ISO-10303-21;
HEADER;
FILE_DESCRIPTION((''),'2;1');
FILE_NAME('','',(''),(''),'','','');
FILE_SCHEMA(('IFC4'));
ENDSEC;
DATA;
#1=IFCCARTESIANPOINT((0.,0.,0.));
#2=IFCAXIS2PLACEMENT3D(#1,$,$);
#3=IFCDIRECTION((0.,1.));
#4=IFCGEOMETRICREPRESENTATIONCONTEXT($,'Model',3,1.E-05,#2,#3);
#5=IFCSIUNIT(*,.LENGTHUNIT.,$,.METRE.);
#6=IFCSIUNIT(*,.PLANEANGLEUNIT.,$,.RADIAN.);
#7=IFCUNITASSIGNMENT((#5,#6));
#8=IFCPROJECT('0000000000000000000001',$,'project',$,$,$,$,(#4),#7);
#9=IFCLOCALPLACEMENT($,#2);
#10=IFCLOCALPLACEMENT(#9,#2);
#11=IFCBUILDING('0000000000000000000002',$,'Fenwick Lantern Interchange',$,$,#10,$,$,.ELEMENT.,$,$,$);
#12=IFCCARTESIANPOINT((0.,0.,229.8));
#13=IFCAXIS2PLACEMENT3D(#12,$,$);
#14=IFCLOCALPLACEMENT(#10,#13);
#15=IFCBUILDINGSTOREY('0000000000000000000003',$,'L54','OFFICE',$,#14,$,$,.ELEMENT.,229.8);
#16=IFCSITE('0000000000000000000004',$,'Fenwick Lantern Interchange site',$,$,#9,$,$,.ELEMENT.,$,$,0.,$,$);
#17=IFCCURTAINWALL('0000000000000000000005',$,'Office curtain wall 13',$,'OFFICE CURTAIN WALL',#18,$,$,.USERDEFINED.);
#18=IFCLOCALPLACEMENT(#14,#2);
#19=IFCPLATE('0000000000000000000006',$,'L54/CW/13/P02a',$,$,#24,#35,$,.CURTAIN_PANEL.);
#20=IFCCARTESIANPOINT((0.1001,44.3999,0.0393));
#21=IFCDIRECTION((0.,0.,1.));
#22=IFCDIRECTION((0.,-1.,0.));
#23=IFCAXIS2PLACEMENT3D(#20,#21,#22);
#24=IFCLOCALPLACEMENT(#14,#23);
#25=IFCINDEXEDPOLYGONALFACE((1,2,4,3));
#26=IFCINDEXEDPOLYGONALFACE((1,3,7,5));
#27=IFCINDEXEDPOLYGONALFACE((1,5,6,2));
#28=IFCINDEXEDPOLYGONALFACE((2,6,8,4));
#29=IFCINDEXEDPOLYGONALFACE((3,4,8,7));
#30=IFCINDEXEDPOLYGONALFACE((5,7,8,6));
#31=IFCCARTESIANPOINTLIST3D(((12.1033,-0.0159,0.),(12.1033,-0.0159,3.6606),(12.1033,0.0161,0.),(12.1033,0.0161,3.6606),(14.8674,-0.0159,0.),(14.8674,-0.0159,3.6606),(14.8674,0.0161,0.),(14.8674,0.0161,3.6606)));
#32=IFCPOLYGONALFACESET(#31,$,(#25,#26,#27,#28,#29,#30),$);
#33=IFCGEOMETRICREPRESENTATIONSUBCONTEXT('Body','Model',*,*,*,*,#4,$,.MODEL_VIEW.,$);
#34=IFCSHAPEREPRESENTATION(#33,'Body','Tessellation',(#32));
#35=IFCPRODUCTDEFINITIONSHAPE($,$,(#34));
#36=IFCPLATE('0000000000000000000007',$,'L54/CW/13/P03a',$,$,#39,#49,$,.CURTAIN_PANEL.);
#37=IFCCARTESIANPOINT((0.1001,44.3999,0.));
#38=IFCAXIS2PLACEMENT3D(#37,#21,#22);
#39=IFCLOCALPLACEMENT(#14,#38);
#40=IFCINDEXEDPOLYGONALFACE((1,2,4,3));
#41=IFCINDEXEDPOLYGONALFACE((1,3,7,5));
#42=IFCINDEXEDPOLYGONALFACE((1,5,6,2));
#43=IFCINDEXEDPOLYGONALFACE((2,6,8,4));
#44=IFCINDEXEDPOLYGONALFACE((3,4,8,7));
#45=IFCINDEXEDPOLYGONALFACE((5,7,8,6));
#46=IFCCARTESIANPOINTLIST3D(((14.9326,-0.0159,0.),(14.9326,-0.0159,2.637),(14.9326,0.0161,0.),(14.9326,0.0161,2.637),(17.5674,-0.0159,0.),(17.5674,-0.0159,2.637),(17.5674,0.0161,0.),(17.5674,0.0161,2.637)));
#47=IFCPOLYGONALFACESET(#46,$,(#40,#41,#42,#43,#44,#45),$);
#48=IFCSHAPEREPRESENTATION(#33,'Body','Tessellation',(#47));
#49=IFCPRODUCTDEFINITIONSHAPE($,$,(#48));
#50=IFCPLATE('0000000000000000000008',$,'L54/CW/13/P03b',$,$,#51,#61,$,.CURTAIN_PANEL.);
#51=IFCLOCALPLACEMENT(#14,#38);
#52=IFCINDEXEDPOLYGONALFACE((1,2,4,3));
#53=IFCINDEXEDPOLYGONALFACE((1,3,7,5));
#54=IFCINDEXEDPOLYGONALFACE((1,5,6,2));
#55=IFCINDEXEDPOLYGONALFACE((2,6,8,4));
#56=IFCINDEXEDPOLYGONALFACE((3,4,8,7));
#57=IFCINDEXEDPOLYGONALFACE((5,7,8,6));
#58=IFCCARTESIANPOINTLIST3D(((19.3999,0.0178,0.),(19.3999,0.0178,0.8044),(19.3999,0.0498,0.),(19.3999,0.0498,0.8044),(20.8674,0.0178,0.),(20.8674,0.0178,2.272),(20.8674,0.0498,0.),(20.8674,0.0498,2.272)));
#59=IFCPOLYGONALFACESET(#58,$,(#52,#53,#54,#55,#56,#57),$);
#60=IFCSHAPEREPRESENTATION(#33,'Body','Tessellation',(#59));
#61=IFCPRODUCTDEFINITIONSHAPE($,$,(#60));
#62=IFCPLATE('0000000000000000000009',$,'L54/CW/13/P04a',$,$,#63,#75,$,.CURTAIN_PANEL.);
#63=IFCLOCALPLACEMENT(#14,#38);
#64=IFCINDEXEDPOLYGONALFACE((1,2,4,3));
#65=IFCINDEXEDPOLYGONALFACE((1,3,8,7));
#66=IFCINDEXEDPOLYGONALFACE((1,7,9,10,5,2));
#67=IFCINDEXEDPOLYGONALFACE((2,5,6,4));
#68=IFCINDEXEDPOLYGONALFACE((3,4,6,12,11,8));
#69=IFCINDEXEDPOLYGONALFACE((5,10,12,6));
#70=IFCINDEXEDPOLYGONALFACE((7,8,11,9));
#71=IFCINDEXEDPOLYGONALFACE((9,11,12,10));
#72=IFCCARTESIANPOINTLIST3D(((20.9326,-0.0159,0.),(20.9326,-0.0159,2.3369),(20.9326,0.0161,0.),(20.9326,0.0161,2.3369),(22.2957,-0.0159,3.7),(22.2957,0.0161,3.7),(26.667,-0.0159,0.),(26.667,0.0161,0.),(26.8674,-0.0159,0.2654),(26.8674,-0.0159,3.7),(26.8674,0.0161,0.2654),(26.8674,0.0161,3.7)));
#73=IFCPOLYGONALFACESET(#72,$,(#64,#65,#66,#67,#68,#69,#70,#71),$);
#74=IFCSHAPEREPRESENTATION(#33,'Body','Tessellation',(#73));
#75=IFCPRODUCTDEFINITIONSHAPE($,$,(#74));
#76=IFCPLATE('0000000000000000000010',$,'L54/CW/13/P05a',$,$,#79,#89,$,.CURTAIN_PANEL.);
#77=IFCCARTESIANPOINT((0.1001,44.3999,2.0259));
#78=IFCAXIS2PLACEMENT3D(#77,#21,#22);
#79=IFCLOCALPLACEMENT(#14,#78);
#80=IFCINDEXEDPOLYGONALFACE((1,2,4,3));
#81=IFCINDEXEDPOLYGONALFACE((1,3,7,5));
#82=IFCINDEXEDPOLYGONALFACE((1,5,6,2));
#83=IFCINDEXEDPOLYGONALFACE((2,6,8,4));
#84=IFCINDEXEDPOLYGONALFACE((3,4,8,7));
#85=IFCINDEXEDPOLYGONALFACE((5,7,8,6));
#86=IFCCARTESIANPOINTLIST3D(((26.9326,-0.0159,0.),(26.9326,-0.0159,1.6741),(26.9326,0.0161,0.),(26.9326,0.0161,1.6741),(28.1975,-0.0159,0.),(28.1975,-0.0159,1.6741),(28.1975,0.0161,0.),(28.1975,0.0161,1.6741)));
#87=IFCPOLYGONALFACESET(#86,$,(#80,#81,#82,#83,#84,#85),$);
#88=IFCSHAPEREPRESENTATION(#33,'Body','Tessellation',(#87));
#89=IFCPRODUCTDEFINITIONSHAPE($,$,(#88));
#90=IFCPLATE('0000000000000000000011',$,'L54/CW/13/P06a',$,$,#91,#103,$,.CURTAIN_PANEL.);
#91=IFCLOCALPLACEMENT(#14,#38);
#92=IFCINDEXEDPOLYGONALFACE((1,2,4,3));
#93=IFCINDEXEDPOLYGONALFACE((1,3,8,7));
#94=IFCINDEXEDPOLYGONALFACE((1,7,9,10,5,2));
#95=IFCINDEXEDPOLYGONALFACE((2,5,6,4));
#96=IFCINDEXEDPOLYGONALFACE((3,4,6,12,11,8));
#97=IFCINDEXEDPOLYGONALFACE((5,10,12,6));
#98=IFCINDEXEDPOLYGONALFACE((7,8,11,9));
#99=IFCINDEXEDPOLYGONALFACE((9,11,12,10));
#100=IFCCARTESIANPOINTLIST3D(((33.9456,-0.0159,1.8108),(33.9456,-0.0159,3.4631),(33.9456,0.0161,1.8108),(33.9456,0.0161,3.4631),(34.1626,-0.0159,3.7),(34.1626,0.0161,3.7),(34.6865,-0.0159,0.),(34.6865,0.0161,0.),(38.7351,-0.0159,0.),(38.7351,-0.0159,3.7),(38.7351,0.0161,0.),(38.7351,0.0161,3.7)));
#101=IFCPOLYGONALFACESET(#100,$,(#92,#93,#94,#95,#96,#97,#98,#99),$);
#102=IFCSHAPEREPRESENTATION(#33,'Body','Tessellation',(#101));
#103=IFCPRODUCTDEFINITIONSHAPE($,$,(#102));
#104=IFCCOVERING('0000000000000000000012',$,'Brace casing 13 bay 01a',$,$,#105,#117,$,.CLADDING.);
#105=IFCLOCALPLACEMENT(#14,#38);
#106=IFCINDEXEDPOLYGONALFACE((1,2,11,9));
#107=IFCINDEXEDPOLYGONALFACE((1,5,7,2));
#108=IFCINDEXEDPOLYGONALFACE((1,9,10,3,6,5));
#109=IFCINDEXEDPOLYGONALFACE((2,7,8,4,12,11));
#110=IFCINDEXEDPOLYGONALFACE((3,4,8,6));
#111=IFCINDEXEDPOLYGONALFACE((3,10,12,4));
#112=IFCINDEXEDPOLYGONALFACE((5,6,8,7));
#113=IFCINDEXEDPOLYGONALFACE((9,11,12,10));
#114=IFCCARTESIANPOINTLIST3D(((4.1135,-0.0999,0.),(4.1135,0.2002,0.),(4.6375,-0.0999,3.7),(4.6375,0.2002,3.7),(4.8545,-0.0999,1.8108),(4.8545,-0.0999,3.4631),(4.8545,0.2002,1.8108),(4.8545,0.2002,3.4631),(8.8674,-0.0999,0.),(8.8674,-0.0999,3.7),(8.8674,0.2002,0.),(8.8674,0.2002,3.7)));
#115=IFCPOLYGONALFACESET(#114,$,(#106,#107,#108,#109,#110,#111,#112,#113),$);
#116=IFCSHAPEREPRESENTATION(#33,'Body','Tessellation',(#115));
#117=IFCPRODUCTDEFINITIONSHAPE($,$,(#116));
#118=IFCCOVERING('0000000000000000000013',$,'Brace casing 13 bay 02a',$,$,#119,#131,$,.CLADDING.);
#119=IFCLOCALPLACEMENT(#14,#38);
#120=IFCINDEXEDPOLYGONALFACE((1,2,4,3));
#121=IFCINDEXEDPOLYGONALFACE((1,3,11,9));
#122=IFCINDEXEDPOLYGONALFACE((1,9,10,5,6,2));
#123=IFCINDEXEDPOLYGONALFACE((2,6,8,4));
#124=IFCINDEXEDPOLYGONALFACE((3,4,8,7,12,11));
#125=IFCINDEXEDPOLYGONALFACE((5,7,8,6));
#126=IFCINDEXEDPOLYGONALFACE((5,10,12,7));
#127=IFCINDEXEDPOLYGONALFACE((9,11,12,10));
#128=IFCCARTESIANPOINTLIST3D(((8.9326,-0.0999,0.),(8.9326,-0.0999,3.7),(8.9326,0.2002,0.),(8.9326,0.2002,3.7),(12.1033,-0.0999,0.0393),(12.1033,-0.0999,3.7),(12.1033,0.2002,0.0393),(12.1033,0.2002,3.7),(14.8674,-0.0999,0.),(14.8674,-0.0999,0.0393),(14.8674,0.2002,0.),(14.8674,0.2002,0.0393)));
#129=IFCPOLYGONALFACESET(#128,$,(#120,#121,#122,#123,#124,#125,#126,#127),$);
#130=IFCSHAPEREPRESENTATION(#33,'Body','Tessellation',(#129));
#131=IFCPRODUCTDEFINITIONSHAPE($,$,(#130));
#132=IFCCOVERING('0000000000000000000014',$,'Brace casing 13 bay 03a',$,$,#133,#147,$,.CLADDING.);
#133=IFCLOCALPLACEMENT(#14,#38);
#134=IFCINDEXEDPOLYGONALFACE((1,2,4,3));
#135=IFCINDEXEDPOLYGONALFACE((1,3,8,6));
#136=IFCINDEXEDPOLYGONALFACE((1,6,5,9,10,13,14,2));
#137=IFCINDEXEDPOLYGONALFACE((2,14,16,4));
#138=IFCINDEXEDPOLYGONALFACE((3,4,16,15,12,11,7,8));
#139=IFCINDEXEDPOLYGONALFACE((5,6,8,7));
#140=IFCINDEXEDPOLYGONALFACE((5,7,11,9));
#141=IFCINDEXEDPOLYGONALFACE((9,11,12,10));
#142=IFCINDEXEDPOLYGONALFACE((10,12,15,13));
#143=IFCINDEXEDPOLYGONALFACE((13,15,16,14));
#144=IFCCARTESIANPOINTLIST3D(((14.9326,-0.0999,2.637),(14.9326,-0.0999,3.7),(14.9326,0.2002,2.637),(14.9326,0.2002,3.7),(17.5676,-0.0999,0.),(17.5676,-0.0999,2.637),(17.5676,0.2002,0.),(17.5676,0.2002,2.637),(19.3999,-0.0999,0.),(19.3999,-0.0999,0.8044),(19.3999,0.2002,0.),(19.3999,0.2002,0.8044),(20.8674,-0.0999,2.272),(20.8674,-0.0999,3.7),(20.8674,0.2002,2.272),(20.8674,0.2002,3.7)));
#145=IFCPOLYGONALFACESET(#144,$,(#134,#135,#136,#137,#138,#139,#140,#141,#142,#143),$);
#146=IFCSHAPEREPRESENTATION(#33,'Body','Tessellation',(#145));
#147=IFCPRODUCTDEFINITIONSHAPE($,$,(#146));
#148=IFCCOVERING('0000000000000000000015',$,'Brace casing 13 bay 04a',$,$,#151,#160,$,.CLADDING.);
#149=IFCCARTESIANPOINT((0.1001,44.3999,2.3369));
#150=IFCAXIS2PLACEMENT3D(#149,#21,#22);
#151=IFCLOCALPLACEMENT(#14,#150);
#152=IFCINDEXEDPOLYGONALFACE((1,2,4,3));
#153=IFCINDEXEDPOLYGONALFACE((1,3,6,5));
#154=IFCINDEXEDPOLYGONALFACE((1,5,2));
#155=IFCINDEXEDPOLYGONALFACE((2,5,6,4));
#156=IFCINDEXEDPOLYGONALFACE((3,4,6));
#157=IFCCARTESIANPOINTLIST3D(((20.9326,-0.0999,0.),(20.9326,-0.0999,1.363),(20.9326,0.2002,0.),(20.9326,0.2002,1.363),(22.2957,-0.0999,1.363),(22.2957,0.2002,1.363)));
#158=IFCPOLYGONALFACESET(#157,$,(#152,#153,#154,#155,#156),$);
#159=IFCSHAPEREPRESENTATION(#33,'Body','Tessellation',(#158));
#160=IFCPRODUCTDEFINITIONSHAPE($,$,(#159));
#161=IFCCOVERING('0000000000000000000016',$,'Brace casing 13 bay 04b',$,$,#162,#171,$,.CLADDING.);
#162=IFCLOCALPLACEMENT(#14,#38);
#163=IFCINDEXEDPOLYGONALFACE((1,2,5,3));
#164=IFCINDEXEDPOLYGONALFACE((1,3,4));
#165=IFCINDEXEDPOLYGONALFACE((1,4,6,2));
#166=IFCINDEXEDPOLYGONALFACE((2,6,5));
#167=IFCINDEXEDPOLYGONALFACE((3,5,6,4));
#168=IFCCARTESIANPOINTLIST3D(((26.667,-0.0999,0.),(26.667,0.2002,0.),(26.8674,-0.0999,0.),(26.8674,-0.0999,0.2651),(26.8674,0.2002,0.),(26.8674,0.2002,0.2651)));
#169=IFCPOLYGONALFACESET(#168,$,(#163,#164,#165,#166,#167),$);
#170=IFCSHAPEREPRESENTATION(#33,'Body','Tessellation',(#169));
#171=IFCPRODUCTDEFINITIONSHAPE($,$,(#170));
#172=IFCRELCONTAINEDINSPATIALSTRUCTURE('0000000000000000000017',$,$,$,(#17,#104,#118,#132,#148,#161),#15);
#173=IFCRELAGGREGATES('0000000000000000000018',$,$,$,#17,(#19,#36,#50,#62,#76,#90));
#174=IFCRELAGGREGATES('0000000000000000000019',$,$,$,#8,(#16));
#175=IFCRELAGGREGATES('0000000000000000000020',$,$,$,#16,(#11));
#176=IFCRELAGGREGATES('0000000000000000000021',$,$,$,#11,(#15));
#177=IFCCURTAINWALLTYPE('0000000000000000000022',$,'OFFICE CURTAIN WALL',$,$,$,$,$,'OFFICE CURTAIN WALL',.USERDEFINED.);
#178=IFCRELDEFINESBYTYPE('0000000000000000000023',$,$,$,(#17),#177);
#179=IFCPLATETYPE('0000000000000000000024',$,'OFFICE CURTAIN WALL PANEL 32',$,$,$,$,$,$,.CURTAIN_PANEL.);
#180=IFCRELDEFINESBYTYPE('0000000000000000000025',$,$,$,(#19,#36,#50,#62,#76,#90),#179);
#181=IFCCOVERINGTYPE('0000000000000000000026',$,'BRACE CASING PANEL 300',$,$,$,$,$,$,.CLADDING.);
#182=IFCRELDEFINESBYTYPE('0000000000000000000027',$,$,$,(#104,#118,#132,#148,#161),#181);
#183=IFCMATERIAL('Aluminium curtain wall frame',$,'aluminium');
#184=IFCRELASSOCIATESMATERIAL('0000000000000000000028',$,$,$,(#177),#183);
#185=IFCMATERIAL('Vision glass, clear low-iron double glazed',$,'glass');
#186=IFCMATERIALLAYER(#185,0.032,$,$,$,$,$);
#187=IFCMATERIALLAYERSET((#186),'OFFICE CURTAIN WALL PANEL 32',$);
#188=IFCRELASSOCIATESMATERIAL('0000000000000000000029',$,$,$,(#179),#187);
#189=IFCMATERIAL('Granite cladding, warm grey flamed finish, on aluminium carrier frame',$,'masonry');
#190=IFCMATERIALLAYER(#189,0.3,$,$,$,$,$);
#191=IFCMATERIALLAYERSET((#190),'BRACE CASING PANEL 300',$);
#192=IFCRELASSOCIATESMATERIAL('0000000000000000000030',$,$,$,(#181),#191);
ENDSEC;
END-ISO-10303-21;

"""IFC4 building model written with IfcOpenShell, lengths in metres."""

from ifc_helpers import new_model, si_unit, direction, frame, origin, place, context, subcontext, project, spatial, polyline, outline, extrude, material, layer, layer_set, type_object, element, aggregate, save


model = new_model("IFC4")

# Units and contexts
model_context = context("Model", 3, precision=1e-05, world=origin(), true_north=direction((0.0, 1.0)))
body_context = subcontext(model_context, "Body", "Model", "MODEL_VIEW")
ifc_project = project(units=[si_unit("LENGTHUNIT", "METRE"), si_unit("PLANEANGLEUNIT", "RADIAN")], contexts=[model_context])

# Site, building, storey
site_placement = place(None, origin())
site = spatial("IfcSite", under=ifc_project, at=site_placement, Name="Fenwick Lantern Interchange site", CompositionType="ELEMENT", RefElevation=0.0)
building_placement = place(site_placement, origin())
building = spatial("IfcBuilding", under=site, at=building_placement, Name="Fenwick Lantern Interchange", CompositionType="ELEMENT")
storey_placement = place(building_placement, frame((0.0, 0.0, 229.8)))
storey = spatial("IfcBuildingStorey", under=building, at=storey_placement, Name="L54", Description="OFFICE", CompositionType="ELEMENT", Elevation=229.8)

# Shared definitions
ifc_material_1 = material(Name="Aluminium curtain wall frame", Category="aluminium")
curtain_wall_type = type_object("IfcCurtainWallType", Name="OFFICE CURTAIN WALL", ElementType="OFFICE CURTAIN WALL", PredefinedType="USERDEFINED", material=ifc_material_1)

# Shared definitions
ifc_material_2 = material(Name="Vision glass, clear low-iron double glazed", Category="glass")
ifc_layer_1 = layer(ifc_material_2, 0.032)
ifc_layer_set_1 = layer_set([ifc_layer_1], Name="OFFICE CURTAIN WALL PANEL 32")
plate_type = type_object("IfcPlateType", Name="OFFICE CURTAIN WALL PANEL 32", PredefinedType="CURTAIN_PANEL", material=ifc_layer_set_1)

# Curtain wall, plates
curtain_wall_1_placement = place(storey_placement, origin())
curtain_wall_1 = element("IfcCurtainWall", 1, at=curtain_wall_1_placement, inside=storey, type_object=curtain_wall_type, Name="Office curtain wall 13", ObjectType="OFFICE CURTAIN WALL", PredefinedType="USERDEFINED")
plate_1_placement = place(storey_placement, frame((0.1001, 44.3999, 0.0393), z_axis=(0.0, 0.0, 1.0), x_axis=(0.0, -1.0, 0.0)))
plate_1 = element("IfcPlate", 2, at=plate_1_placement, type_object=plate_type, Name="L54/CW/13/P02a", PredefinedType="CURTAIN_PANEL", context=body_context, shape_type="SweptSolid", body=[
    extrude(outline(polyline([(12.1033, 0.0), (14.8674, 0.0), (14.8674, 3.6606), (12.1033, 3.6606), (12.1033, 0.0)])), frame((0.0, 0.0161, 0.0), z_axis=(0.0, -1.0, 0.0), x_axis=(1.0, 0.0, 0.0)), (0.0, 0.0, 1.0), 0.032),
])
plate_2_placement = place(storey_placement, frame((0.1001, 44.3999, 0.0), z_axis=(0.0, 0.0, 1.0), x_axis=(0.0, -1.0, 0.0)))
plate_2 = element("IfcPlate", 3, at=plate_2_placement, type_object=plate_type, Name="L54/CW/13/P03a", PredefinedType="CURTAIN_PANEL", context=body_context, shape_type="SweptSolid", body=[
    extrude(outline(polyline([(14.9326, 0.0), (17.5674, 0.0), (17.5674, 2.637), (14.9326, 2.637), (14.9326, 0.0)])), frame((0.0, 0.0161, 0.0), z_axis=(0.0, -1.0, 0.0), x_axis=(1.0, 0.0, 0.0)), (0.0, 0.0, 1.0), 0.032),
])
plate_3_placement = place(storey_placement, frame((0.1001, 44.3999, 0.0), z_axis=(0.0, 0.0, 1.0), x_axis=(0.0, -1.0, 0.0)))
plate_3 = element("IfcPlate", 4, at=plate_3_placement, type_object=plate_type, Name="L54/CW/13/P03b", PredefinedType="CURTAIN_PANEL", context=body_context, shape_type="SweptSolid", body=[
    extrude(outline(polyline([(19.3999, 0.0), (20.8674, 0.0), (20.8674, 2.272), (19.3999, 0.8044), (19.3999, 0.0)])), frame((0.0, 0.0498, 0.0), z_axis=(0.0, -1.0, 0.0), x_axis=(1.0, 0.0, 0.0)), (0.0, 0.0, 1.0), 0.032),
])
plate_4_placement = place(storey_placement, frame((0.1001, 44.3999, 0.0), z_axis=(0.0, 0.0, 1.0), x_axis=(0.0, -1.0, 0.0)))
plate_4 = element("IfcPlate", 5, at=plate_4_placement, type_object=plate_type, Name="L54/CW/13/P04a", PredefinedType="CURTAIN_PANEL", context=body_context, shape_type="SweptSolid", body=[
    extrude(outline(polyline([(20.9326, 0.0), (26.667, 0.0), (26.8674, 0.2654), (26.8674, 3.7), (22.2957, 3.7), (20.9326, 2.3369), (20.9326, 0.0)])), frame((0.0, 0.0161, 0.0), z_axis=(0.0, -1.0, 0.0), x_axis=(1.0, 0.0, 0.0)), (0.0, 0.0, 1.0), 0.032),
])
plate_5_placement = place(storey_placement, frame((0.1001, 44.3999, 2.0259), z_axis=(0.0, 0.0, 1.0), x_axis=(0.0, -1.0, 0.0)))
plate_5 = element("IfcPlate", 6, at=plate_5_placement, type_object=plate_type, Name="L54/CW/13/P05a", PredefinedType="CURTAIN_PANEL", context=body_context, shape_type="SweptSolid", body=[
    extrude(outline(polyline([(26.9326, 0.0), (28.1975, 0.0), (28.1975, 1.6741), (26.9326, 1.6741), (26.9326, 0.0)])), frame((0.0, 0.0161, 0.0), z_axis=(0.0, -1.0, 0.0), x_axis=(1.0, 0.0, 0.0)), (0.0, 0.0, 1.0), 0.032),
])
plate_6_placement = place(storey_placement, frame((0.1001, 44.3999, 0.0), z_axis=(0.0, 0.0, 1.0), x_axis=(0.0, -1.0, 0.0)))
plate_6 = element("IfcPlate", 7, at=plate_6_placement, type_object=plate_type, Name="L54/CW/13/P06a", PredefinedType="CURTAIN_PANEL", context=body_context, shape_type="SweptSolid", body=[
    extrude(outline(polyline([(34.6865, 0.0), (38.7351, 0.0), (38.7351, 3.7), (34.1626, 3.7), (33.9456, 3.4631), (33.9456, 1.8108), (34.6865, 0.0)])), frame((0.0, 0.0161, 0.0), z_axis=(0.0, -1.0, 0.0), x_axis=(1.0, 0.0, 0.0)), (0.0, 0.0, 1.0), 0.032),
])
aggregate(curtain_wall_1, [plate_1, plate_2, plate_3, plate_4, plate_5, plate_6])

# Coverings
ifc_material_3 = material(Name="Granite cladding, warm grey flamed finish, on aluminium carrier frame", Category="masonry")
ifc_layer_2 = layer(ifc_material_3, 0.3)
ifc_layer_set_2 = layer_set([ifc_layer_2], Name="BRACE CASING PANEL 300")
covering_type = type_object("IfcCoveringType", Name="BRACE CASING PANEL 300", PredefinedType="CLADDING", material=ifc_layer_set_2)
covering_1_placement = place(storey_placement, frame((0.1001, 44.3999, 0.0), z_axis=(0.0, 0.0, 1.0), x_axis=(0.0, -1.0, 0.0)))
element("IfcCovering", 8, at=covering_1_placement, inside=storey, type_object=covering_type, Name="Brace casing 13 bay 01a", PredefinedType="CLADDING", context=body_context, shape_type="SweptSolid", body=[
    extrude(outline(polyline([(4.1135, 0.0), (8.8674, 0.0), (8.8674, 3.7), (4.6375, 3.7), (4.8545, 3.4631), (4.8545, 1.8108), (4.1135, 0.0)])), frame((0.0, 0.2002, 0.0), z_axis=(0.0, -1.0, 0.0), x_axis=(1.0, 0.0, 0.0)), (0.0, 0.0, 1.0), 0.3),
])
covering_2_placement = place(storey_placement, frame((0.1001, 44.3999, 0.0), z_axis=(0.0, 0.0, 1.0), x_axis=(0.0, -1.0, 0.0)))
element("IfcCovering", 9, at=covering_2_placement, inside=storey, type_object=covering_type, Name="Brace casing 13 bay 02a", PredefinedType="CLADDING", context=body_context, shape_type="SweptSolid", body=[
    extrude(outline(polyline([(8.9326, 0.0), (14.8674, 0.0), (14.8674, 0.0393), (12.1033, 0.0393), (12.1033, 3.7), (8.9326, 3.7), (8.9326, 0.0)])), frame((0.0, 0.2002, 0.0), z_axis=(0.0, -1.0, 0.0), x_axis=(1.0, 0.0, 0.0)), (0.0, 0.0, 1.0), 0.3),
])
covering_3_placement = place(storey_placement, frame((0.1001, 44.3999, 0.0), z_axis=(0.0, 0.0, 1.0), x_axis=(0.0, -1.0, 0.0)))
element("IfcCovering", 10, at=covering_3_placement, inside=storey, type_object=covering_type, Name="Brace casing 13 bay 03a", PredefinedType="CLADDING", context=body_context, shape_type="SweptSolid", body=[
    extrude(outline(polyline([(17.5676, 0.0), (19.3999, 0.0), (19.3999, 0.8044), (20.8674, 2.272), (20.8674, 3.7), (14.9326, 3.7), (14.9326, 2.637), (17.5676, 2.637), (17.5676, 0.0)])), frame((0.0, 0.2002, 0.0), z_axis=(0.0, -1.0, 0.0), x_axis=(1.0, 0.0, 0.0)), (0.0, 0.0, 1.0), 0.3),
])
covering_4_placement = place(storey_placement, frame((0.1001, 44.3999, 2.3369), z_axis=(0.0, 0.0, 1.0), x_axis=(0.0, -1.0, 0.0)))
element("IfcCovering", 11, at=covering_4_placement, inside=storey, type_object=covering_type, Name="Brace casing 13 bay 04a", PredefinedType="CLADDING", context=body_context, shape_type="SweptSolid", body=[
    extrude(outline(polyline([(20.9326, 0.0), (22.2957, 1.363), (20.9326, 1.363), (20.9326, 0.0)])), frame((0.0, 0.2002, 0.0), z_axis=(0.0, -1.0, 0.0), x_axis=(1.0, 0.0, 0.0)), (0.0, 0.0, 1.0), 0.3),
])
covering_5_placement = place(storey_placement, frame((0.1001, 44.3999, 0.0), z_axis=(0.0, 0.0, 1.0), x_axis=(0.0, -1.0, 0.0)))
element("IfcCovering", 12, at=covering_5_placement, inside=storey, type_object=covering_type, Name="Brace casing 13 bay 04b", PredefinedType="CLADDING", context=body_context, shape_type="SweptSolid", body=[
    extrude(outline(polyline([(26.667, 0.0), (26.8674, 0.0), (26.8674, 0.2651), (26.667, 0.0)])), frame((0.0, 0.2002, 0.0), z_axis=(0.0, -1.0, 0.0), x_axis=(1.0, 0.0, 0.0)), (0.0, 0.0, 1.0), 0.3),
])

save(model, "model.ifc")
